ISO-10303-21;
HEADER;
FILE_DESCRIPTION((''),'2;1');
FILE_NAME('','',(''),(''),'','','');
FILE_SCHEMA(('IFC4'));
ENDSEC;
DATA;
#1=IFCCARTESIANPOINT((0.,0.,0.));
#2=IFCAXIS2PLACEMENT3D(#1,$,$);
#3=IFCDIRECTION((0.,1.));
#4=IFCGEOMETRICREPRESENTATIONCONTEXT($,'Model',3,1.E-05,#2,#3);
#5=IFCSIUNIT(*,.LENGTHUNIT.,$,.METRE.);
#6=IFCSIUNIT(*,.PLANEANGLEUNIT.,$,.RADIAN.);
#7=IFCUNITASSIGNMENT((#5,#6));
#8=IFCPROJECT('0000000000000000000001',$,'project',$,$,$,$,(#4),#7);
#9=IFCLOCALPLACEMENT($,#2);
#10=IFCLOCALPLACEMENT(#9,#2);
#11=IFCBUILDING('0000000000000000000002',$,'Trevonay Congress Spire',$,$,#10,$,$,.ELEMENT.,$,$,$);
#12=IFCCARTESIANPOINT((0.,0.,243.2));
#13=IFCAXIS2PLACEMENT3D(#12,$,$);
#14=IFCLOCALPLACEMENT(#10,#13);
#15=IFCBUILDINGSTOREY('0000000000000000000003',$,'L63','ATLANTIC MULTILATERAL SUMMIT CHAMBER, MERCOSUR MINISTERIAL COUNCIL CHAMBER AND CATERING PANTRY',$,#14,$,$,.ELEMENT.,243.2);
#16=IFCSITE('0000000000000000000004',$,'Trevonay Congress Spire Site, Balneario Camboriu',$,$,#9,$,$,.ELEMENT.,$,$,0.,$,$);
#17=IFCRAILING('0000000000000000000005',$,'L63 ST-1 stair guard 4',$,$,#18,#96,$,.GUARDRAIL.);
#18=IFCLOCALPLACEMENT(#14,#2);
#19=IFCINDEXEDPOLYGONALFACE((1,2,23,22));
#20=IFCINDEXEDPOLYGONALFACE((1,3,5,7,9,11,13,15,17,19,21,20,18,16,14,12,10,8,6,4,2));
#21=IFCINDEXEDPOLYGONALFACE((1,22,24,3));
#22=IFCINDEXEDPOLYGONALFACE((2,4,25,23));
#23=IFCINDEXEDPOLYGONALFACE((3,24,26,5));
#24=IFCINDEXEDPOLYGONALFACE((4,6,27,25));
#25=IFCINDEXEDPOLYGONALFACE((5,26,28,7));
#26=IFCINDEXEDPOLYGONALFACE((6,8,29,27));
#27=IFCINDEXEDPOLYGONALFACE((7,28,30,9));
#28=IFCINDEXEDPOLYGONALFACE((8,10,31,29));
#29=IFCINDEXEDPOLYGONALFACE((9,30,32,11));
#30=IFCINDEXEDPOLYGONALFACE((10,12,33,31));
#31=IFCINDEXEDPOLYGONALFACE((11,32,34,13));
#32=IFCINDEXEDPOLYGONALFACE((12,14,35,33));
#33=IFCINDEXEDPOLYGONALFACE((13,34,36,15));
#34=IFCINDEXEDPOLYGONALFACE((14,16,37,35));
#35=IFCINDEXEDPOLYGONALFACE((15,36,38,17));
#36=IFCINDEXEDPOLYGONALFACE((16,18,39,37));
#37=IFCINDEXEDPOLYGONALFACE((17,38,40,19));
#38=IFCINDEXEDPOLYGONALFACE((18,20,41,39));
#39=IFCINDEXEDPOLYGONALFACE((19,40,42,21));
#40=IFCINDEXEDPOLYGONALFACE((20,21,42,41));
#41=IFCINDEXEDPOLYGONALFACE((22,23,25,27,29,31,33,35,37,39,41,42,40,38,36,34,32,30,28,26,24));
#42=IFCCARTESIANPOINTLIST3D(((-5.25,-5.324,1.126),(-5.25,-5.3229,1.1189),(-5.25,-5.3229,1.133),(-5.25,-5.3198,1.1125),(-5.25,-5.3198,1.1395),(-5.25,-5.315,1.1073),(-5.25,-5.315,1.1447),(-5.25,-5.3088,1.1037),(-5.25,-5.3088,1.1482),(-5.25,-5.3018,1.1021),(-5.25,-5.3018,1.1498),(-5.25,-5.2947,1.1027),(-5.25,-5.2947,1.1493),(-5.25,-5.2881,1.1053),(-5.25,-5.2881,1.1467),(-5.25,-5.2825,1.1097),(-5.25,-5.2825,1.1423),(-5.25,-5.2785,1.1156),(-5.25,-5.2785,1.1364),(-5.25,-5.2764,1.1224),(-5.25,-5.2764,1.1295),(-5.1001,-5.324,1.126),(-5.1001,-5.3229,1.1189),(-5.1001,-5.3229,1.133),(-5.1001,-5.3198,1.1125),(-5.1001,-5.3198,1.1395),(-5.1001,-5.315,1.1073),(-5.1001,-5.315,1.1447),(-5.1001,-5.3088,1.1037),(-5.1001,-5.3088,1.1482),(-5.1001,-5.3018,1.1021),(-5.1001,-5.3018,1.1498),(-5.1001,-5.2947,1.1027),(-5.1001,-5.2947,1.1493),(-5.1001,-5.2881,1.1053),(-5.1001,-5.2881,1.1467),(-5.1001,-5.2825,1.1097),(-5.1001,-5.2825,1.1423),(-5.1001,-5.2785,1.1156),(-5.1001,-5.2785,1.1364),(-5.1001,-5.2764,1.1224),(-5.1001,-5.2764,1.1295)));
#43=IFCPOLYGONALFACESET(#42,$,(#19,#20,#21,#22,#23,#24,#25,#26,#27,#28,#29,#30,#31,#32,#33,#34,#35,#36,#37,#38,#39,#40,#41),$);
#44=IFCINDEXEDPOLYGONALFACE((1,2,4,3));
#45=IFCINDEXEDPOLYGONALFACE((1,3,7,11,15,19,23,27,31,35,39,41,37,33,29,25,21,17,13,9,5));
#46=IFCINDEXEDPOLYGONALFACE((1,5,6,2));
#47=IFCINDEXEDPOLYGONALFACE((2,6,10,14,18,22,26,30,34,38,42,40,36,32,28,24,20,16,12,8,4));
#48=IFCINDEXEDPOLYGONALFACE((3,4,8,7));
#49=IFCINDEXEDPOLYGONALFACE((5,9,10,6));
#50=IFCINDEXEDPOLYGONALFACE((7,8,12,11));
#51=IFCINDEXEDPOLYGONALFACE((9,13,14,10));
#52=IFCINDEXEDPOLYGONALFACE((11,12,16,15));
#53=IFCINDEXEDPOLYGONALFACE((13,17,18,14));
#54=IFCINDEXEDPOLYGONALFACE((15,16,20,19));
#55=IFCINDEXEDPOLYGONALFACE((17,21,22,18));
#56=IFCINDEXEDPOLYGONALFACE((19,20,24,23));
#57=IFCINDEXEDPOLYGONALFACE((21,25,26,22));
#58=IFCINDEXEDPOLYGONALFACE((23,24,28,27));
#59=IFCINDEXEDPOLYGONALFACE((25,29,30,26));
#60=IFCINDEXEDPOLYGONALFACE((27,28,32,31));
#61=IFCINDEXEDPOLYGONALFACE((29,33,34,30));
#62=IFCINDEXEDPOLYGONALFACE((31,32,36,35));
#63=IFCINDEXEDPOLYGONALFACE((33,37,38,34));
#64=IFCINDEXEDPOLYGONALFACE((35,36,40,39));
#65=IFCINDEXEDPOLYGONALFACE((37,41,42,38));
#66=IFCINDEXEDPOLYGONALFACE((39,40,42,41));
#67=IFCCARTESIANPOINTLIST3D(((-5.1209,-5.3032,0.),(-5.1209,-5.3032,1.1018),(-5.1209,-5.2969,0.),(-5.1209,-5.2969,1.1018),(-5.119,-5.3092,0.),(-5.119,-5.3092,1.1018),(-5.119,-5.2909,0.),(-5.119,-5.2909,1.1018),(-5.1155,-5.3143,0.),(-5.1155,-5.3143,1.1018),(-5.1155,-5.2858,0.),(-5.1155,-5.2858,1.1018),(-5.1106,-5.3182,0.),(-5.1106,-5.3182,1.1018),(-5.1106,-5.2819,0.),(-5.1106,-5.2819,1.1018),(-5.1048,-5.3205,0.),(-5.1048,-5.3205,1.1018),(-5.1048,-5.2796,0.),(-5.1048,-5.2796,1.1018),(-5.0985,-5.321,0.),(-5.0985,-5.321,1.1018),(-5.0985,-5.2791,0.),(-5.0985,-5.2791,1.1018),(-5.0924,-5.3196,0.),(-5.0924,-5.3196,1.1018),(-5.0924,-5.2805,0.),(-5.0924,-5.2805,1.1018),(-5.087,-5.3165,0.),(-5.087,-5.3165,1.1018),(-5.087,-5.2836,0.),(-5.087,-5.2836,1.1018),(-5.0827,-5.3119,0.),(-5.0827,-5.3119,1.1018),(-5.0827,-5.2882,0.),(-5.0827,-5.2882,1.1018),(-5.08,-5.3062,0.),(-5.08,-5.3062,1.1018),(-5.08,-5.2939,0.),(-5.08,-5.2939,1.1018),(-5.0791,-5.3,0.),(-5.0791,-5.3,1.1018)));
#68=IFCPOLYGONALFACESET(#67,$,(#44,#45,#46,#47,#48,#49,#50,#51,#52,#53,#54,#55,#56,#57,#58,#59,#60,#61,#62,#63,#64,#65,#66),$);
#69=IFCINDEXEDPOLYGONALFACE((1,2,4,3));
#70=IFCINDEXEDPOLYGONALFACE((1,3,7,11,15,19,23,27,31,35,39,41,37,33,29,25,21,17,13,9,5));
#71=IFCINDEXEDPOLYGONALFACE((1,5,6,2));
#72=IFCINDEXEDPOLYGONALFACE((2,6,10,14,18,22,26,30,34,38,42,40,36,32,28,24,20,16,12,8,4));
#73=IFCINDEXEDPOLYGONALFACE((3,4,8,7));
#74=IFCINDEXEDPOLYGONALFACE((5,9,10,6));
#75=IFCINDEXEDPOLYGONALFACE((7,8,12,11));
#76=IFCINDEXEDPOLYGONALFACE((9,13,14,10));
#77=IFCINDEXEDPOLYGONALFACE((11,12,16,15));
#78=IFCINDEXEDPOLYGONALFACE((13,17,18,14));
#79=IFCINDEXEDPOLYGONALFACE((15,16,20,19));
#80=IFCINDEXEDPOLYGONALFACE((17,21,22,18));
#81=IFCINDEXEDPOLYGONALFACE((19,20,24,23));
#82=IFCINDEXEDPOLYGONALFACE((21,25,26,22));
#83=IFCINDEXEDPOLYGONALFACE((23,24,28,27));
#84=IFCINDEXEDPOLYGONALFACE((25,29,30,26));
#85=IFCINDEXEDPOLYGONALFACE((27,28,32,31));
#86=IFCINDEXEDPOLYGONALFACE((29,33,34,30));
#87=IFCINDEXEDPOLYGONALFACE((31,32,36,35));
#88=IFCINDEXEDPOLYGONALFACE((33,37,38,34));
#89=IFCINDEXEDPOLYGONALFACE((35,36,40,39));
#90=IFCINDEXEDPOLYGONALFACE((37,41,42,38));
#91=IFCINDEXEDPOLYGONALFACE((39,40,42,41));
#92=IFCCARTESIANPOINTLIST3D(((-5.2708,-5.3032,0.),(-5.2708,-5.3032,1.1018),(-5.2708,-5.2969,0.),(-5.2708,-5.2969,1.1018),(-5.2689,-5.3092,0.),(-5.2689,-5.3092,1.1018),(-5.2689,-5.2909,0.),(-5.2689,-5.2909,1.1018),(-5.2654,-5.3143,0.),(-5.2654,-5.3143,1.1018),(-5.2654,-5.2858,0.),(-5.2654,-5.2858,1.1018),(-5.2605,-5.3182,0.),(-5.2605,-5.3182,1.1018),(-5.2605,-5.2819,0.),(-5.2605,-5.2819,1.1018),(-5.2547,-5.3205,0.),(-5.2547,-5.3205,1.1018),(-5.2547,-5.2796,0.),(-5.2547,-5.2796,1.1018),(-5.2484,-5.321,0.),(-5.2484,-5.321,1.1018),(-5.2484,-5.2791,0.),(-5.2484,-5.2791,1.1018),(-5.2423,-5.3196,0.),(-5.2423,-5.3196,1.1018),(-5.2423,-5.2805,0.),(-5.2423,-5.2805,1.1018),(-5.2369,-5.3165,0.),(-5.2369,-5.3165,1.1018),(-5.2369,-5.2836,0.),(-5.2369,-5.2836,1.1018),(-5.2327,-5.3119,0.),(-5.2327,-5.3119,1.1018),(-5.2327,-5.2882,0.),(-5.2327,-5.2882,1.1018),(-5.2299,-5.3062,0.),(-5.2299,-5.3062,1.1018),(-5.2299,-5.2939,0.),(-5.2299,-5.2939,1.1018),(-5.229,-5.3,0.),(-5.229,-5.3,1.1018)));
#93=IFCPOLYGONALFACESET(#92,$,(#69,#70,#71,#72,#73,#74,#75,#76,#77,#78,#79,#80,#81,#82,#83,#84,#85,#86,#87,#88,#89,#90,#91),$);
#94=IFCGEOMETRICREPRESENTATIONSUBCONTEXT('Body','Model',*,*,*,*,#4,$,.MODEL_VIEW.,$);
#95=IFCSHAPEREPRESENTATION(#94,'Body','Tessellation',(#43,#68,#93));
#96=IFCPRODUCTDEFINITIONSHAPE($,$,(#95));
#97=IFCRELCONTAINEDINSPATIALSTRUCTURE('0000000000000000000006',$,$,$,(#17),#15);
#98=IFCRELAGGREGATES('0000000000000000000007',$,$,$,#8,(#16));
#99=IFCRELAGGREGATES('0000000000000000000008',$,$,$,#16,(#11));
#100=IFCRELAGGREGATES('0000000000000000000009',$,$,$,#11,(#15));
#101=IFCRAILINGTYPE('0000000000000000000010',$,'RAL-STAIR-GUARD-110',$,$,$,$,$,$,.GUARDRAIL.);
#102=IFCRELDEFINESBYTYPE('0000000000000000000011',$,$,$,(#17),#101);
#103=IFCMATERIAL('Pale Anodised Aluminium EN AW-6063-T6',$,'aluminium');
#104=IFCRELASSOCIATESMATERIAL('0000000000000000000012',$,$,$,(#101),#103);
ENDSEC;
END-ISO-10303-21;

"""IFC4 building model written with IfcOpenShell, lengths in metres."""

from ifc_helpers import new_model, si_unit, direction, frame, origin, origin_2d, place, context, subcontext, project, spatial, circle, extrude, material, type_object, element, save


model = new_model("IFC4")

# Units and contexts
model_context = context("Model", 3, precision=1e-05, world=origin(), true_north=direction((0.0, 1.0)))
body_context = subcontext(model_context, "Body", "Model", "MODEL_VIEW")
ifc_project = project(units=[si_unit("LENGTHUNIT", "METRE"), si_unit("PLANEANGLEUNIT", "RADIAN")], contexts=[model_context])

# Site, building, storey
site_placement = place(None, origin())
site = spatial("IfcSite", under=ifc_project, at=site_placement, Name="Trevonay Congress Spire Site, Balneario Camboriu", CompositionType="ELEMENT", RefElevation=0.0)
building_placement = place(site_placement, origin())
building = spatial("IfcBuilding", under=site, at=building_placement, Name="Trevonay Congress Spire", CompositionType="ELEMENT")
storey_placement = place(building_placement, frame((0.0, 0.0, 243.2)))
storey = spatial("IfcBuildingStorey", under=building, at=storey_placement, Name="L63", Description="ATLANTIC MULTILATERAL SUMMIT CHAMBER, MERCOSUR MINISTERIAL COUNCIL CHAMBER AND CATERING PANTRY", CompositionType="ELEMENT", Elevation=243.2)

# Railing
ifc_material_1 = material(Name="Pale Anodised Aluminium EN AW-6063-T6", Category="aluminium")
railing_type_1 = type_object("IfcRailingType", Name="RAL-STAIR-GUARD-110", PredefinedType="GUARDRAIL", material=ifc_material_1)
railing_1_placement = place(storey_placement, frame((-5.1001, -5.3, 0.0)))
element("IfcRailing", 1, at=railing_1_placement, inside=storey, type_object=railing_type_1, Name="L63 ST-1 stair guard 4", PredefinedType="GUARDRAIL", context=body_context, shape_type="SweptSolid", body=[
    extrude(circle(Radius=0.0239, at=origin_2d()), frame((0.0, 0.0, 1.126), z_axis=(-1.0, 0.0, 0.0), x_axis=(0.0, -1.0, 0.0)), (0.0, 0.0, 1.0), 0.1499),
    extrude(circle(Radius=0.021, at=origin_2d()), origin(), (0.0, 0.0, 1.0), 1.1018),
    extrude(circle(Radius=0.021, at=origin_2d()), frame((-0.1499, 0.0, 0.0)), (0.0, 0.0, 1.0), 1.1018),
])

save(model, "model.ifc")
